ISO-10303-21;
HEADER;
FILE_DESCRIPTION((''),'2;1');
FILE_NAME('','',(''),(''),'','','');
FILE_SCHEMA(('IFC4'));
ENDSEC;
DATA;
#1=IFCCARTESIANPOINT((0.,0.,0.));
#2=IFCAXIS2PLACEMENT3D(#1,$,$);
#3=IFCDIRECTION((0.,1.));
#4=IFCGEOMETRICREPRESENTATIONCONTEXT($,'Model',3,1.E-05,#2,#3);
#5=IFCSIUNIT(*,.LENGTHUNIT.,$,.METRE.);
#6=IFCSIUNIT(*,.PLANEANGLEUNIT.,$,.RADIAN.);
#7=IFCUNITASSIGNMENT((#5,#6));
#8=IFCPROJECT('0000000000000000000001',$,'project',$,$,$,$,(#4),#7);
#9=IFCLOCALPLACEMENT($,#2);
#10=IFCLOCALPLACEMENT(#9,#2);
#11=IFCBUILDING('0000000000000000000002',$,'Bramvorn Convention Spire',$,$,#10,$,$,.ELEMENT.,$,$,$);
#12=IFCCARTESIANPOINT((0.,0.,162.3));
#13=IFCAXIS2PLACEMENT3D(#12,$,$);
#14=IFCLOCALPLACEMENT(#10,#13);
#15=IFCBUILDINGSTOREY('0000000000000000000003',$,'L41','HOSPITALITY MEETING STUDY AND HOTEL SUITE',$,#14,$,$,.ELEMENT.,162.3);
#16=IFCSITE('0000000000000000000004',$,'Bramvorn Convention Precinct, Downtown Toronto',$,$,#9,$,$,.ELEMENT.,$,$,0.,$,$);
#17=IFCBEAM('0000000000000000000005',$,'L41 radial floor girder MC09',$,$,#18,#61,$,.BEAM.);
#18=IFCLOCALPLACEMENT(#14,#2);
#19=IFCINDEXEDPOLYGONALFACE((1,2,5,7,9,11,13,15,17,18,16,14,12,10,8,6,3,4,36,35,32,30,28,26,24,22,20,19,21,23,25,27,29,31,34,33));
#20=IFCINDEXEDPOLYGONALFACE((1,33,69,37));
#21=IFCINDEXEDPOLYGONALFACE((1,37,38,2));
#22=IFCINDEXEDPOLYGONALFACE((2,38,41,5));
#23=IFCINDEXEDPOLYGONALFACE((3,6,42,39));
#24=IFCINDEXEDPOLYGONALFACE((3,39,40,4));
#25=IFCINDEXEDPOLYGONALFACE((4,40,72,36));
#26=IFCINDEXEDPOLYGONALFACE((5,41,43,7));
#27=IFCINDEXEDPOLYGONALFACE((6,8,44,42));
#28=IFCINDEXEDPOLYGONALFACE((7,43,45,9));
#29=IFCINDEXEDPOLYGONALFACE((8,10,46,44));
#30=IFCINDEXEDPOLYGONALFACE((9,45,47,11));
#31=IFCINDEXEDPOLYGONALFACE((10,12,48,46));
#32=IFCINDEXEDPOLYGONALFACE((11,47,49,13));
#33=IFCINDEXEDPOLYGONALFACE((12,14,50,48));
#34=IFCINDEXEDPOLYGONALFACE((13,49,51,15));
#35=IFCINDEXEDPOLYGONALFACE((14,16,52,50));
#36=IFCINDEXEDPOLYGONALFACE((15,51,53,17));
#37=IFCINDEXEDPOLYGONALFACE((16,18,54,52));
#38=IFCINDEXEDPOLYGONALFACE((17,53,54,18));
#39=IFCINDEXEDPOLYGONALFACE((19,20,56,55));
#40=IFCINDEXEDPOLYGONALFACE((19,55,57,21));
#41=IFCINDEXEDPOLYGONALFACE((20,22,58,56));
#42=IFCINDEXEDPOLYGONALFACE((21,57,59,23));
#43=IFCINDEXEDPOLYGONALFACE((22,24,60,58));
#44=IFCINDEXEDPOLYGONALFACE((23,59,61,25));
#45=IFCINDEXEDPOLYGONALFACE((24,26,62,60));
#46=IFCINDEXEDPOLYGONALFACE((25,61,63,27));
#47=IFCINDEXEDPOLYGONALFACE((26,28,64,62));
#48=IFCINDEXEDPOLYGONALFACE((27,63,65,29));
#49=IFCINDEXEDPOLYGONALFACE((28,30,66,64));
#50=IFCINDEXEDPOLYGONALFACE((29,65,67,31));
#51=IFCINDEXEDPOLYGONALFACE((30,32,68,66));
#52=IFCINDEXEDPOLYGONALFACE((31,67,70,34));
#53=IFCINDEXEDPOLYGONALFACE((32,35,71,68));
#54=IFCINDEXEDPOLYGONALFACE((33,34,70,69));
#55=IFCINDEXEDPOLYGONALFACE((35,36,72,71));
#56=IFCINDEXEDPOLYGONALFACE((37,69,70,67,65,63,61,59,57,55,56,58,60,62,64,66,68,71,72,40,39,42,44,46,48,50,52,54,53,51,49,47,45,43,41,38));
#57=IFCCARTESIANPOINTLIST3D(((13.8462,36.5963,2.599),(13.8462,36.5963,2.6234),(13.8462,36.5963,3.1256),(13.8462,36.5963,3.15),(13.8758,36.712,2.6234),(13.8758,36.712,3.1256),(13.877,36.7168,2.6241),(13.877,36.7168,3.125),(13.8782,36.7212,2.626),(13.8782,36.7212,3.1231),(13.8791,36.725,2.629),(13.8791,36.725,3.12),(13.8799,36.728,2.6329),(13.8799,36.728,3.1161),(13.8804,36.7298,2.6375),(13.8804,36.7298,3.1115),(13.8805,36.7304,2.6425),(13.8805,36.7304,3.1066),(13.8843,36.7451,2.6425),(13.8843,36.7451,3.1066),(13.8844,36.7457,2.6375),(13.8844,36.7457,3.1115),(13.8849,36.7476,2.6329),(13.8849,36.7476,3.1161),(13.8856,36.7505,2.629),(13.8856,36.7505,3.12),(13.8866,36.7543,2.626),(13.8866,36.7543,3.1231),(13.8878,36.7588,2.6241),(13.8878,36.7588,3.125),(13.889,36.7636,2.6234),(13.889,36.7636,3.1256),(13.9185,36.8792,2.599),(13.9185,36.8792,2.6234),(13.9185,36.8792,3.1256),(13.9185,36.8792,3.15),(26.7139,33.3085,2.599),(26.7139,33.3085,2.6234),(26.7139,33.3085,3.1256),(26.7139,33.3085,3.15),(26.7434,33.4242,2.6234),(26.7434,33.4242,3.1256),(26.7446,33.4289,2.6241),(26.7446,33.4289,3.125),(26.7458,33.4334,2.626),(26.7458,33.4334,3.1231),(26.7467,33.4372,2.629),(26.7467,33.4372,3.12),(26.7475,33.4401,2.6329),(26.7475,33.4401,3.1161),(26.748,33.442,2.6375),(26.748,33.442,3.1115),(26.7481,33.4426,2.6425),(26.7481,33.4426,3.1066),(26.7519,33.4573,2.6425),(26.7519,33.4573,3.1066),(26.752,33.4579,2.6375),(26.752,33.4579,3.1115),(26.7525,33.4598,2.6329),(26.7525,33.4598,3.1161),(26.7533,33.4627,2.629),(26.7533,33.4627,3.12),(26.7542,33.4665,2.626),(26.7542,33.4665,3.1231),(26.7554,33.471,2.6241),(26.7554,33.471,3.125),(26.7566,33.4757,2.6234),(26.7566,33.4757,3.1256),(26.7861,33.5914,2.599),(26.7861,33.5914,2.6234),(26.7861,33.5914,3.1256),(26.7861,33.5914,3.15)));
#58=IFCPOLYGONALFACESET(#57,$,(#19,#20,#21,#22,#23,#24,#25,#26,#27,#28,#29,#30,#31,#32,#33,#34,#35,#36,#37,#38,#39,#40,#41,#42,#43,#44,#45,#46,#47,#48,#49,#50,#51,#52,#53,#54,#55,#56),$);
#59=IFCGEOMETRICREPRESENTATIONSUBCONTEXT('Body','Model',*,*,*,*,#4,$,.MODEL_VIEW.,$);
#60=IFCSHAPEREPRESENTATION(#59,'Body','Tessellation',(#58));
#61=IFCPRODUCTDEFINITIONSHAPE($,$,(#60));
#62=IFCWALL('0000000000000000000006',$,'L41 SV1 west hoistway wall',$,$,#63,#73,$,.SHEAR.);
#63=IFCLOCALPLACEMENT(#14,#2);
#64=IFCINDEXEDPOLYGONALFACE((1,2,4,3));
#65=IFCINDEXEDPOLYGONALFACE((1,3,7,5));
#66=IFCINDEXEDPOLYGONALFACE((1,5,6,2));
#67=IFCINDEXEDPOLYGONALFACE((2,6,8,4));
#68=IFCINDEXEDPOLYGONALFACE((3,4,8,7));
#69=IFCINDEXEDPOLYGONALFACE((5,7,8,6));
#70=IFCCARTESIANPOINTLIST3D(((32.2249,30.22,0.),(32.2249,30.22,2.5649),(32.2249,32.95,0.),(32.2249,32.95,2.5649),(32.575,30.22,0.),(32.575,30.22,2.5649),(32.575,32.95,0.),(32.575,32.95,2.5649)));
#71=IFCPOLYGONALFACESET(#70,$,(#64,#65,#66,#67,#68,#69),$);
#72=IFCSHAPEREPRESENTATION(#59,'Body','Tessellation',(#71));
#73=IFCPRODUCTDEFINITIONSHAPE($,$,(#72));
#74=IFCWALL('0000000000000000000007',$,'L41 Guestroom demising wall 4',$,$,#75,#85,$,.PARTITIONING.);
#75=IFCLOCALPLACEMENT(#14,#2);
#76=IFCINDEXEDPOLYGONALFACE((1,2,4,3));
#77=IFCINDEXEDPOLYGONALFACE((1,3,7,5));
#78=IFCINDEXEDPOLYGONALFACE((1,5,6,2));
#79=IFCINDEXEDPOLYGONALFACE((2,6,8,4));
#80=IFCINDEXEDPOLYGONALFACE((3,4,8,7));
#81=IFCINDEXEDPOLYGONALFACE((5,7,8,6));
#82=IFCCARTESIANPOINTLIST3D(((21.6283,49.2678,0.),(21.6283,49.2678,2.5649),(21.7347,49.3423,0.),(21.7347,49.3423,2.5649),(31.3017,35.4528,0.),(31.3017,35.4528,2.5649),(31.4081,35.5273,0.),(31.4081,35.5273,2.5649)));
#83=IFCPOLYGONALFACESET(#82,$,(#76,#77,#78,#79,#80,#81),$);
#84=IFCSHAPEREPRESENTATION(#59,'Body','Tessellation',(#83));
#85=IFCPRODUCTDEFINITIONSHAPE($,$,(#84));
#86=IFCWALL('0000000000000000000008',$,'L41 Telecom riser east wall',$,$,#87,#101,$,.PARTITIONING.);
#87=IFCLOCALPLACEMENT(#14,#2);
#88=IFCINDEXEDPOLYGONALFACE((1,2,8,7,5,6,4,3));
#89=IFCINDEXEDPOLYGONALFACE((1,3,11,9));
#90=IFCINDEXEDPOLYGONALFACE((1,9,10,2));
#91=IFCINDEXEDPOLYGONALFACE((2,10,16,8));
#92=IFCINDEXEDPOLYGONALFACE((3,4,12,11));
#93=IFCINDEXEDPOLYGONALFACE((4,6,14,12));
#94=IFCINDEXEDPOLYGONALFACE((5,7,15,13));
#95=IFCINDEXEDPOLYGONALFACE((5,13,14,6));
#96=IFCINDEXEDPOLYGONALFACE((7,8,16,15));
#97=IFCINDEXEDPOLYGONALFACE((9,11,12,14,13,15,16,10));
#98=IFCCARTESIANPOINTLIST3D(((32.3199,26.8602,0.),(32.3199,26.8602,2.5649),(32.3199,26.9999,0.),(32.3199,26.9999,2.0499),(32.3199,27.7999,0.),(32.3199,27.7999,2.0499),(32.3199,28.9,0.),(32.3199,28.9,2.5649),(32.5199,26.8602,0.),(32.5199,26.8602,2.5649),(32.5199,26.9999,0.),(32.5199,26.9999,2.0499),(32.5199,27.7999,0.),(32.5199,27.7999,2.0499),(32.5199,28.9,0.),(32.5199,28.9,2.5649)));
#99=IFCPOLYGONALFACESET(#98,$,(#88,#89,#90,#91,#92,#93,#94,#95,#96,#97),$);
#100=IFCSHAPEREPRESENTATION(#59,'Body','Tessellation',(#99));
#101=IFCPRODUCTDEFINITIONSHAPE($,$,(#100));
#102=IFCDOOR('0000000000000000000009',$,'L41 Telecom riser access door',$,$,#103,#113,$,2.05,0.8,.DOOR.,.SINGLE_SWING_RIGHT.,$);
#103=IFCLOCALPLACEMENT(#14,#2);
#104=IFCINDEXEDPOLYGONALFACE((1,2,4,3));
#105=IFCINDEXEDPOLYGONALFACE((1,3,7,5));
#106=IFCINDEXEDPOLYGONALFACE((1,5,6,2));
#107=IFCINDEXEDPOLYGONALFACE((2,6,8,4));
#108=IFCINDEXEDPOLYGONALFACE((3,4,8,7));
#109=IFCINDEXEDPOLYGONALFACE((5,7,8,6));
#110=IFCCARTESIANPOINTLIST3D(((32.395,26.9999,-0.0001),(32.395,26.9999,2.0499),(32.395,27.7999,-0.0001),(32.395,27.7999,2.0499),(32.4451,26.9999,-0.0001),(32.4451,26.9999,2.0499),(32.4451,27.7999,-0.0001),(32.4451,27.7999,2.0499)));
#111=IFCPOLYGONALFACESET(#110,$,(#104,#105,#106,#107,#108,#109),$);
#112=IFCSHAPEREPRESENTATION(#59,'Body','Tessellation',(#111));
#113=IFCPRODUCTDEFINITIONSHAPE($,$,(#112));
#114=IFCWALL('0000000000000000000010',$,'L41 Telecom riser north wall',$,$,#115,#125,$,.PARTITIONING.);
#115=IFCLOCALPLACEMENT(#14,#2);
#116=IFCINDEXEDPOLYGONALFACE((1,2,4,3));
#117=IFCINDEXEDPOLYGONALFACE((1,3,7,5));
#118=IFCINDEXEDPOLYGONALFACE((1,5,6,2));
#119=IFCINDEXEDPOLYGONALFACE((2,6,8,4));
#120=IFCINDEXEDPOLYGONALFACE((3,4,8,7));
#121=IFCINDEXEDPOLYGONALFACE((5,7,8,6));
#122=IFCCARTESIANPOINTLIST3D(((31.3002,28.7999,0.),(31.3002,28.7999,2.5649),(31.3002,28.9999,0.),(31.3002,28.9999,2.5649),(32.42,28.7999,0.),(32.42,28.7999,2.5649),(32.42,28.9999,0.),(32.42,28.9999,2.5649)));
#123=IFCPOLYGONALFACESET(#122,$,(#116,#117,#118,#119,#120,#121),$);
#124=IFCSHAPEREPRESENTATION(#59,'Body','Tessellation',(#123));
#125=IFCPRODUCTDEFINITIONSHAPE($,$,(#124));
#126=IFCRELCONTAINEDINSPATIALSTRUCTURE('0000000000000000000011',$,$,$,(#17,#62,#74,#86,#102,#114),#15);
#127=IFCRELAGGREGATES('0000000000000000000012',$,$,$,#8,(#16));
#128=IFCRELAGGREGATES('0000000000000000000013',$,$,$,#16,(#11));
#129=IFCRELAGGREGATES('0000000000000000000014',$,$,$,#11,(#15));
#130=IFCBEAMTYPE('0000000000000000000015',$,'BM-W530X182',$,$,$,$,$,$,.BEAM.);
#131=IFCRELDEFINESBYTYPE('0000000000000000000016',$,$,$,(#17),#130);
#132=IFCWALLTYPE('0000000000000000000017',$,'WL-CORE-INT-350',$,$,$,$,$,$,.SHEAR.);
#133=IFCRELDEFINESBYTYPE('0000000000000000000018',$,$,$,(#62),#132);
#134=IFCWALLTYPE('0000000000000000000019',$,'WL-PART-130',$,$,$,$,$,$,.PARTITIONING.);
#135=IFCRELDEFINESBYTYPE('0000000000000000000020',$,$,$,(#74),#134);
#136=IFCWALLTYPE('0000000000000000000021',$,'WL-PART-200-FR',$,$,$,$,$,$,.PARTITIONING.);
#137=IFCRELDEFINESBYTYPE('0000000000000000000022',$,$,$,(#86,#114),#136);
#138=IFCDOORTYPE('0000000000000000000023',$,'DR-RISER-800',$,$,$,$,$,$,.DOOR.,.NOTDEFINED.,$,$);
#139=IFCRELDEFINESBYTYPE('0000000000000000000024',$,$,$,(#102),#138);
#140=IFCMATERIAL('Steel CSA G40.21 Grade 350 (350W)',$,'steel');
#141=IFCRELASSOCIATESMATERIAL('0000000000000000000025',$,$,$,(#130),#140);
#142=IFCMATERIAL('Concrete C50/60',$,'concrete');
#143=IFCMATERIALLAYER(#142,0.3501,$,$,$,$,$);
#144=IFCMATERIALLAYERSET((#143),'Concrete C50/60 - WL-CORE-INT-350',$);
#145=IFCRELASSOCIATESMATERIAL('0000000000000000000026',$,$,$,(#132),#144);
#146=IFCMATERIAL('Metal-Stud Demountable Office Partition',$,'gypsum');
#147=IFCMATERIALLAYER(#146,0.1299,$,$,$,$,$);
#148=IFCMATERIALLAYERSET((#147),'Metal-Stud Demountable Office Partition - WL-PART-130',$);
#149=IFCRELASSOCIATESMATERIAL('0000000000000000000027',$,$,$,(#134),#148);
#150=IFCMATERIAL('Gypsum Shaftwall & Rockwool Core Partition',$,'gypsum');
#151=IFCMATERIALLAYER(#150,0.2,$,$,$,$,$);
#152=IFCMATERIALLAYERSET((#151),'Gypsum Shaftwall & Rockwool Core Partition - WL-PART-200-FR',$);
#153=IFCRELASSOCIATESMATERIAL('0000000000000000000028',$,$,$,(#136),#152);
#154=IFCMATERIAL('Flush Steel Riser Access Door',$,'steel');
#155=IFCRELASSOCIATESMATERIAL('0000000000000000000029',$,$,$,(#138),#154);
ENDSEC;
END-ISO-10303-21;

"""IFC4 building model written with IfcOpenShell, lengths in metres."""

from ifc_helpers import new_model, si_unit, direction, frame, frame_2d, origin, origin_2d, place, context, subcontext, project, spatial, rectangle, i_section, extrude, material, layer, layer_set, material_profile, profile_set, type_object, element, fill, save


model = new_model("IFC4")

# Units and contexts
model_context = context("Model", 3, precision=1e-05, world=origin(), true_north=direction((0.0, 1.0)))
body_context = subcontext(model_context, "Body", "Model", "MODEL_VIEW")
ifc_project = project(units=[si_unit("LENGTHUNIT", "METRE"), si_unit("PLANEANGLEUNIT", "RADIAN")], contexts=[model_context])

# Site, building, storey
site_placement = place(None, origin())
site = spatial("IfcSite", under=ifc_project, at=site_placement, Name="Bramvorn Convention Precinct, Downtown Toronto", CompositionType="ELEMENT", RefElevation=0.0)
building_placement = place(site_placement, origin())
building = spatial("IfcBuilding", under=site, at=building_placement, Name="Bramvorn Convention Spire", CompositionType="ELEMENT")
storey_placement = place(building_placement, frame((0.0, 0.0, 162.3)))
storey = spatial("IfcBuildingStorey", under=building, at=storey_placement, Name="L41", Description="HOSPITALITY MEETING STUDY AND HOTEL SUITE", CompositionType="ELEMENT", Elevation=162.3)

# Beam
ifc_material_1 = material(Name="Steel CSA G40.21 Grade 350 (350W)", Category="steel")
ifc_material_profile_1 = material_profile(ifc_material_1, i_section(OverallWidth=0.292, OverallDepth=0.551, WebThickness=0.0151, FlangeThickness=0.0244, FilletRadius=0.019, at=origin_2d()))
ifc_profile_set_1 = profile_set([ifc_material_profile_1], Name="Steel CSA G40.21 Grade 350 (350W) - W530X182")
beam_type_1 = type_object("IfcBeamType", Name="BM-W530X182", PredefinedType="BEAM", material=ifc_profile_set_1)
beam_1_placement = place(storey_placement, frame((26.75, 33.45, 2.8745), z_axis=(-0.968873, 0.247558, 0.0), x_axis=(-0.247558, -0.968873, 0.0)))
element("IfcBeam", 1, at=beam_1_placement, inside=storey, type_object=beam_type_1, Name="L41 radial floor girder MC09", PredefinedType="BEAM", context=body_context, shape_type="SweptSolid", body=[
    extrude(i_section(OverallWidth=0.292, OverallDepth=0.551, WebThickness=0.0151, FlangeThickness=0.0244, FilletRadius=0.019, at=origin_2d()), origin(), (0.0, 0.0, 1.0), 13.281),
])

# Shared definitions
ifc_material_2 = material(Name="Concrete C50/60", Category="concrete")
ifc_layer_1 = layer(ifc_material_2, 0.3501)
ifc_layer_set_1 = layer_set([ifc_layer_1], Name="Concrete C50/60 - WL-CORE-INT-350")
wall_type_1 = type_object("IfcWallType", Name="WL-CORE-INT-350", PredefinedType="SHEAR", material=ifc_layer_set_1)

# Walls
wall_1_placement = place(storey_placement, frame((32.3999, 30.22, 0.0), z_axis=(0.0, 0.0, 1.0), x_axis=(0.0, 1.0, 0.0)))
element("IfcWall", 2, at=wall_1_placement, inside=storey, type_object=wall_type_1, Name="L41 SV1 west hoistway wall", PredefinedType="SHEAR", context=body_context, shape_type="SweptSolid", body=[
    extrude(rectangle(XDim=2.73, YDim=0.3501, at=frame_2d((1.365, 0.0))), origin(), (0.0, 0.0, 1.0), 2.5649),
])
ifc_material_3 = material(Name="Metal-Stud Demountable Office Partition", Category="gypsum")
ifc_layer_2 = layer(ifc_material_3, 0.1299)
ifc_layer_set_2 = layer_set([ifc_layer_2], Name="Metal-Stud Demountable Office Partition - WL-PART-130")
wall_type_2 = type_object("IfcWallType", Name="WL-PART-130", PredefinedType="PARTITIONING", material=ifc_layer_set_2)
wall_2_placement = place(storey_placement, frame((31.355, 35.49, 0.0), z_axis=(0.0, 0.0, 1.0), x_axis=(-0.573577, 0.819152, 0.0)))
element("IfcWall", 3, at=wall_2_placement, inside=storey, type_object=wall_type_2, Name="L41 Guestroom demising wall 4", PredefinedType="PARTITIONING", context=body_context, shape_type="SweptSolid", body=[
    extrude(rectangle(XDim=16.865, YDim=0.1299, at=frame_2d((8.4326, 0.0))), origin(), (0.0, 0.0, 1.0), 2.5649),
])

# Wall, opening, door
ifc_material_4 = material(Name="Gypsum Shaftwall & Rockwool Core Partition", Category="gypsum")
ifc_layer_3 = layer(ifc_material_4, 0.2)
ifc_layer_set_3 = layer_set([ifc_layer_3], Name="Gypsum Shaftwall & Rockwool Core Partition - WL-PART-200-FR")
wall_type_3 = type_object("IfcWallType", Name="WL-PART-200-FR", PredefinedType="PARTITIONING", material=ifc_layer_set_3)
wall_3_placement = place(storey_placement, frame((32.4199, 26.8601, 0.0), z_axis=(0.0, 0.0, 1.0), x_axis=(0.0, 1.0, 0.0)))
wall_3 = element("IfcWall", 4, at=wall_3_placement, inside=storey, type_object=wall_type_3, Name="L41 Telecom riser east wall", PredefinedType="PARTITIONING", context=body_context, shape_type="SweptSolid", body=[
    extrude(rectangle(XDim=2.0398, YDim=0.2, at=frame_2d((1.02, 0.0))), origin(), (0.0, 0.0, 1.0), 2.5649),
])
opening_1_placement = place(wall_3_placement, frame((0.1399, 0.0, 0.0)))
opening_1 = element("IfcOpeningElement", 5, at=opening_1_placement, cuts=wall_3, PredefinedType="OPENING", context=body_context, shape_type="SweptSolid", body=[
    extrude(rectangle(XDim=0.8, YDim=2.05, at=frame_2d((0.3999, 1.0249))), frame((0.0, 0.1099, 0.0), z_axis=(0.0, -1.0, 0.0), x_axis=(1.0, 0.0, 0.0)), (0.0, 0.0, 1.0), 0.22),
])
ifc_material_5 = material(Name="Flush Steel Riser Access Door", Category="steel")
door_type_1 = type_object("IfcDoorType", Name="DR-RISER-800", OperationType="NOTDEFINED", PredefinedType="DOOR", material=ifc_material_5)
door_1_placement = place(opening_1_placement, origin())
door_1 = element("IfcDoor", 6, at=door_1_placement, inside=storey, type_object=door_type_1, Name="L41 Telecom riser access door", OperationType="SINGLE_SWING_RIGHT", OverallHeight=2.05, OverallWidth=0.8, PredefinedType="DOOR", context=body_context, shape_type="SweptSolid", body=[
    extrude(rectangle(XDim=0.8, YDim=2.05, at=frame_2d((0.3999, 1.0249))), frame((0.0, 0.0249, 0.0), z_axis=(0.0, -1.0, 0.0), x_axis=(1.0, 0.0, 0.0)), (0.0, 0.0, 1.0), 0.05),
])
fill(opening_1, door_1)

# Wall
wall_4_placement = place(storey_placement, frame((31.3, 28.8999, 0.0), z_axis=(0.0, 0.0, 1.0), x_axis=(1.0, 0.0, 0.0)))
element("IfcWall", 7, at=wall_4_placement, inside=storey, type_object=wall_type_3, Name="L41 Telecom riser north wall", PredefinedType="PARTITIONING", context=body_context, shape_type="SweptSolid", body=[
    extrude(rectangle(XDim=1.1199, YDim=0.2, at=frame_2d((0.5601, 0.0))), origin(), (0.0, 0.0, 1.0), 2.5649),
])

save(model, "model.ifc")
